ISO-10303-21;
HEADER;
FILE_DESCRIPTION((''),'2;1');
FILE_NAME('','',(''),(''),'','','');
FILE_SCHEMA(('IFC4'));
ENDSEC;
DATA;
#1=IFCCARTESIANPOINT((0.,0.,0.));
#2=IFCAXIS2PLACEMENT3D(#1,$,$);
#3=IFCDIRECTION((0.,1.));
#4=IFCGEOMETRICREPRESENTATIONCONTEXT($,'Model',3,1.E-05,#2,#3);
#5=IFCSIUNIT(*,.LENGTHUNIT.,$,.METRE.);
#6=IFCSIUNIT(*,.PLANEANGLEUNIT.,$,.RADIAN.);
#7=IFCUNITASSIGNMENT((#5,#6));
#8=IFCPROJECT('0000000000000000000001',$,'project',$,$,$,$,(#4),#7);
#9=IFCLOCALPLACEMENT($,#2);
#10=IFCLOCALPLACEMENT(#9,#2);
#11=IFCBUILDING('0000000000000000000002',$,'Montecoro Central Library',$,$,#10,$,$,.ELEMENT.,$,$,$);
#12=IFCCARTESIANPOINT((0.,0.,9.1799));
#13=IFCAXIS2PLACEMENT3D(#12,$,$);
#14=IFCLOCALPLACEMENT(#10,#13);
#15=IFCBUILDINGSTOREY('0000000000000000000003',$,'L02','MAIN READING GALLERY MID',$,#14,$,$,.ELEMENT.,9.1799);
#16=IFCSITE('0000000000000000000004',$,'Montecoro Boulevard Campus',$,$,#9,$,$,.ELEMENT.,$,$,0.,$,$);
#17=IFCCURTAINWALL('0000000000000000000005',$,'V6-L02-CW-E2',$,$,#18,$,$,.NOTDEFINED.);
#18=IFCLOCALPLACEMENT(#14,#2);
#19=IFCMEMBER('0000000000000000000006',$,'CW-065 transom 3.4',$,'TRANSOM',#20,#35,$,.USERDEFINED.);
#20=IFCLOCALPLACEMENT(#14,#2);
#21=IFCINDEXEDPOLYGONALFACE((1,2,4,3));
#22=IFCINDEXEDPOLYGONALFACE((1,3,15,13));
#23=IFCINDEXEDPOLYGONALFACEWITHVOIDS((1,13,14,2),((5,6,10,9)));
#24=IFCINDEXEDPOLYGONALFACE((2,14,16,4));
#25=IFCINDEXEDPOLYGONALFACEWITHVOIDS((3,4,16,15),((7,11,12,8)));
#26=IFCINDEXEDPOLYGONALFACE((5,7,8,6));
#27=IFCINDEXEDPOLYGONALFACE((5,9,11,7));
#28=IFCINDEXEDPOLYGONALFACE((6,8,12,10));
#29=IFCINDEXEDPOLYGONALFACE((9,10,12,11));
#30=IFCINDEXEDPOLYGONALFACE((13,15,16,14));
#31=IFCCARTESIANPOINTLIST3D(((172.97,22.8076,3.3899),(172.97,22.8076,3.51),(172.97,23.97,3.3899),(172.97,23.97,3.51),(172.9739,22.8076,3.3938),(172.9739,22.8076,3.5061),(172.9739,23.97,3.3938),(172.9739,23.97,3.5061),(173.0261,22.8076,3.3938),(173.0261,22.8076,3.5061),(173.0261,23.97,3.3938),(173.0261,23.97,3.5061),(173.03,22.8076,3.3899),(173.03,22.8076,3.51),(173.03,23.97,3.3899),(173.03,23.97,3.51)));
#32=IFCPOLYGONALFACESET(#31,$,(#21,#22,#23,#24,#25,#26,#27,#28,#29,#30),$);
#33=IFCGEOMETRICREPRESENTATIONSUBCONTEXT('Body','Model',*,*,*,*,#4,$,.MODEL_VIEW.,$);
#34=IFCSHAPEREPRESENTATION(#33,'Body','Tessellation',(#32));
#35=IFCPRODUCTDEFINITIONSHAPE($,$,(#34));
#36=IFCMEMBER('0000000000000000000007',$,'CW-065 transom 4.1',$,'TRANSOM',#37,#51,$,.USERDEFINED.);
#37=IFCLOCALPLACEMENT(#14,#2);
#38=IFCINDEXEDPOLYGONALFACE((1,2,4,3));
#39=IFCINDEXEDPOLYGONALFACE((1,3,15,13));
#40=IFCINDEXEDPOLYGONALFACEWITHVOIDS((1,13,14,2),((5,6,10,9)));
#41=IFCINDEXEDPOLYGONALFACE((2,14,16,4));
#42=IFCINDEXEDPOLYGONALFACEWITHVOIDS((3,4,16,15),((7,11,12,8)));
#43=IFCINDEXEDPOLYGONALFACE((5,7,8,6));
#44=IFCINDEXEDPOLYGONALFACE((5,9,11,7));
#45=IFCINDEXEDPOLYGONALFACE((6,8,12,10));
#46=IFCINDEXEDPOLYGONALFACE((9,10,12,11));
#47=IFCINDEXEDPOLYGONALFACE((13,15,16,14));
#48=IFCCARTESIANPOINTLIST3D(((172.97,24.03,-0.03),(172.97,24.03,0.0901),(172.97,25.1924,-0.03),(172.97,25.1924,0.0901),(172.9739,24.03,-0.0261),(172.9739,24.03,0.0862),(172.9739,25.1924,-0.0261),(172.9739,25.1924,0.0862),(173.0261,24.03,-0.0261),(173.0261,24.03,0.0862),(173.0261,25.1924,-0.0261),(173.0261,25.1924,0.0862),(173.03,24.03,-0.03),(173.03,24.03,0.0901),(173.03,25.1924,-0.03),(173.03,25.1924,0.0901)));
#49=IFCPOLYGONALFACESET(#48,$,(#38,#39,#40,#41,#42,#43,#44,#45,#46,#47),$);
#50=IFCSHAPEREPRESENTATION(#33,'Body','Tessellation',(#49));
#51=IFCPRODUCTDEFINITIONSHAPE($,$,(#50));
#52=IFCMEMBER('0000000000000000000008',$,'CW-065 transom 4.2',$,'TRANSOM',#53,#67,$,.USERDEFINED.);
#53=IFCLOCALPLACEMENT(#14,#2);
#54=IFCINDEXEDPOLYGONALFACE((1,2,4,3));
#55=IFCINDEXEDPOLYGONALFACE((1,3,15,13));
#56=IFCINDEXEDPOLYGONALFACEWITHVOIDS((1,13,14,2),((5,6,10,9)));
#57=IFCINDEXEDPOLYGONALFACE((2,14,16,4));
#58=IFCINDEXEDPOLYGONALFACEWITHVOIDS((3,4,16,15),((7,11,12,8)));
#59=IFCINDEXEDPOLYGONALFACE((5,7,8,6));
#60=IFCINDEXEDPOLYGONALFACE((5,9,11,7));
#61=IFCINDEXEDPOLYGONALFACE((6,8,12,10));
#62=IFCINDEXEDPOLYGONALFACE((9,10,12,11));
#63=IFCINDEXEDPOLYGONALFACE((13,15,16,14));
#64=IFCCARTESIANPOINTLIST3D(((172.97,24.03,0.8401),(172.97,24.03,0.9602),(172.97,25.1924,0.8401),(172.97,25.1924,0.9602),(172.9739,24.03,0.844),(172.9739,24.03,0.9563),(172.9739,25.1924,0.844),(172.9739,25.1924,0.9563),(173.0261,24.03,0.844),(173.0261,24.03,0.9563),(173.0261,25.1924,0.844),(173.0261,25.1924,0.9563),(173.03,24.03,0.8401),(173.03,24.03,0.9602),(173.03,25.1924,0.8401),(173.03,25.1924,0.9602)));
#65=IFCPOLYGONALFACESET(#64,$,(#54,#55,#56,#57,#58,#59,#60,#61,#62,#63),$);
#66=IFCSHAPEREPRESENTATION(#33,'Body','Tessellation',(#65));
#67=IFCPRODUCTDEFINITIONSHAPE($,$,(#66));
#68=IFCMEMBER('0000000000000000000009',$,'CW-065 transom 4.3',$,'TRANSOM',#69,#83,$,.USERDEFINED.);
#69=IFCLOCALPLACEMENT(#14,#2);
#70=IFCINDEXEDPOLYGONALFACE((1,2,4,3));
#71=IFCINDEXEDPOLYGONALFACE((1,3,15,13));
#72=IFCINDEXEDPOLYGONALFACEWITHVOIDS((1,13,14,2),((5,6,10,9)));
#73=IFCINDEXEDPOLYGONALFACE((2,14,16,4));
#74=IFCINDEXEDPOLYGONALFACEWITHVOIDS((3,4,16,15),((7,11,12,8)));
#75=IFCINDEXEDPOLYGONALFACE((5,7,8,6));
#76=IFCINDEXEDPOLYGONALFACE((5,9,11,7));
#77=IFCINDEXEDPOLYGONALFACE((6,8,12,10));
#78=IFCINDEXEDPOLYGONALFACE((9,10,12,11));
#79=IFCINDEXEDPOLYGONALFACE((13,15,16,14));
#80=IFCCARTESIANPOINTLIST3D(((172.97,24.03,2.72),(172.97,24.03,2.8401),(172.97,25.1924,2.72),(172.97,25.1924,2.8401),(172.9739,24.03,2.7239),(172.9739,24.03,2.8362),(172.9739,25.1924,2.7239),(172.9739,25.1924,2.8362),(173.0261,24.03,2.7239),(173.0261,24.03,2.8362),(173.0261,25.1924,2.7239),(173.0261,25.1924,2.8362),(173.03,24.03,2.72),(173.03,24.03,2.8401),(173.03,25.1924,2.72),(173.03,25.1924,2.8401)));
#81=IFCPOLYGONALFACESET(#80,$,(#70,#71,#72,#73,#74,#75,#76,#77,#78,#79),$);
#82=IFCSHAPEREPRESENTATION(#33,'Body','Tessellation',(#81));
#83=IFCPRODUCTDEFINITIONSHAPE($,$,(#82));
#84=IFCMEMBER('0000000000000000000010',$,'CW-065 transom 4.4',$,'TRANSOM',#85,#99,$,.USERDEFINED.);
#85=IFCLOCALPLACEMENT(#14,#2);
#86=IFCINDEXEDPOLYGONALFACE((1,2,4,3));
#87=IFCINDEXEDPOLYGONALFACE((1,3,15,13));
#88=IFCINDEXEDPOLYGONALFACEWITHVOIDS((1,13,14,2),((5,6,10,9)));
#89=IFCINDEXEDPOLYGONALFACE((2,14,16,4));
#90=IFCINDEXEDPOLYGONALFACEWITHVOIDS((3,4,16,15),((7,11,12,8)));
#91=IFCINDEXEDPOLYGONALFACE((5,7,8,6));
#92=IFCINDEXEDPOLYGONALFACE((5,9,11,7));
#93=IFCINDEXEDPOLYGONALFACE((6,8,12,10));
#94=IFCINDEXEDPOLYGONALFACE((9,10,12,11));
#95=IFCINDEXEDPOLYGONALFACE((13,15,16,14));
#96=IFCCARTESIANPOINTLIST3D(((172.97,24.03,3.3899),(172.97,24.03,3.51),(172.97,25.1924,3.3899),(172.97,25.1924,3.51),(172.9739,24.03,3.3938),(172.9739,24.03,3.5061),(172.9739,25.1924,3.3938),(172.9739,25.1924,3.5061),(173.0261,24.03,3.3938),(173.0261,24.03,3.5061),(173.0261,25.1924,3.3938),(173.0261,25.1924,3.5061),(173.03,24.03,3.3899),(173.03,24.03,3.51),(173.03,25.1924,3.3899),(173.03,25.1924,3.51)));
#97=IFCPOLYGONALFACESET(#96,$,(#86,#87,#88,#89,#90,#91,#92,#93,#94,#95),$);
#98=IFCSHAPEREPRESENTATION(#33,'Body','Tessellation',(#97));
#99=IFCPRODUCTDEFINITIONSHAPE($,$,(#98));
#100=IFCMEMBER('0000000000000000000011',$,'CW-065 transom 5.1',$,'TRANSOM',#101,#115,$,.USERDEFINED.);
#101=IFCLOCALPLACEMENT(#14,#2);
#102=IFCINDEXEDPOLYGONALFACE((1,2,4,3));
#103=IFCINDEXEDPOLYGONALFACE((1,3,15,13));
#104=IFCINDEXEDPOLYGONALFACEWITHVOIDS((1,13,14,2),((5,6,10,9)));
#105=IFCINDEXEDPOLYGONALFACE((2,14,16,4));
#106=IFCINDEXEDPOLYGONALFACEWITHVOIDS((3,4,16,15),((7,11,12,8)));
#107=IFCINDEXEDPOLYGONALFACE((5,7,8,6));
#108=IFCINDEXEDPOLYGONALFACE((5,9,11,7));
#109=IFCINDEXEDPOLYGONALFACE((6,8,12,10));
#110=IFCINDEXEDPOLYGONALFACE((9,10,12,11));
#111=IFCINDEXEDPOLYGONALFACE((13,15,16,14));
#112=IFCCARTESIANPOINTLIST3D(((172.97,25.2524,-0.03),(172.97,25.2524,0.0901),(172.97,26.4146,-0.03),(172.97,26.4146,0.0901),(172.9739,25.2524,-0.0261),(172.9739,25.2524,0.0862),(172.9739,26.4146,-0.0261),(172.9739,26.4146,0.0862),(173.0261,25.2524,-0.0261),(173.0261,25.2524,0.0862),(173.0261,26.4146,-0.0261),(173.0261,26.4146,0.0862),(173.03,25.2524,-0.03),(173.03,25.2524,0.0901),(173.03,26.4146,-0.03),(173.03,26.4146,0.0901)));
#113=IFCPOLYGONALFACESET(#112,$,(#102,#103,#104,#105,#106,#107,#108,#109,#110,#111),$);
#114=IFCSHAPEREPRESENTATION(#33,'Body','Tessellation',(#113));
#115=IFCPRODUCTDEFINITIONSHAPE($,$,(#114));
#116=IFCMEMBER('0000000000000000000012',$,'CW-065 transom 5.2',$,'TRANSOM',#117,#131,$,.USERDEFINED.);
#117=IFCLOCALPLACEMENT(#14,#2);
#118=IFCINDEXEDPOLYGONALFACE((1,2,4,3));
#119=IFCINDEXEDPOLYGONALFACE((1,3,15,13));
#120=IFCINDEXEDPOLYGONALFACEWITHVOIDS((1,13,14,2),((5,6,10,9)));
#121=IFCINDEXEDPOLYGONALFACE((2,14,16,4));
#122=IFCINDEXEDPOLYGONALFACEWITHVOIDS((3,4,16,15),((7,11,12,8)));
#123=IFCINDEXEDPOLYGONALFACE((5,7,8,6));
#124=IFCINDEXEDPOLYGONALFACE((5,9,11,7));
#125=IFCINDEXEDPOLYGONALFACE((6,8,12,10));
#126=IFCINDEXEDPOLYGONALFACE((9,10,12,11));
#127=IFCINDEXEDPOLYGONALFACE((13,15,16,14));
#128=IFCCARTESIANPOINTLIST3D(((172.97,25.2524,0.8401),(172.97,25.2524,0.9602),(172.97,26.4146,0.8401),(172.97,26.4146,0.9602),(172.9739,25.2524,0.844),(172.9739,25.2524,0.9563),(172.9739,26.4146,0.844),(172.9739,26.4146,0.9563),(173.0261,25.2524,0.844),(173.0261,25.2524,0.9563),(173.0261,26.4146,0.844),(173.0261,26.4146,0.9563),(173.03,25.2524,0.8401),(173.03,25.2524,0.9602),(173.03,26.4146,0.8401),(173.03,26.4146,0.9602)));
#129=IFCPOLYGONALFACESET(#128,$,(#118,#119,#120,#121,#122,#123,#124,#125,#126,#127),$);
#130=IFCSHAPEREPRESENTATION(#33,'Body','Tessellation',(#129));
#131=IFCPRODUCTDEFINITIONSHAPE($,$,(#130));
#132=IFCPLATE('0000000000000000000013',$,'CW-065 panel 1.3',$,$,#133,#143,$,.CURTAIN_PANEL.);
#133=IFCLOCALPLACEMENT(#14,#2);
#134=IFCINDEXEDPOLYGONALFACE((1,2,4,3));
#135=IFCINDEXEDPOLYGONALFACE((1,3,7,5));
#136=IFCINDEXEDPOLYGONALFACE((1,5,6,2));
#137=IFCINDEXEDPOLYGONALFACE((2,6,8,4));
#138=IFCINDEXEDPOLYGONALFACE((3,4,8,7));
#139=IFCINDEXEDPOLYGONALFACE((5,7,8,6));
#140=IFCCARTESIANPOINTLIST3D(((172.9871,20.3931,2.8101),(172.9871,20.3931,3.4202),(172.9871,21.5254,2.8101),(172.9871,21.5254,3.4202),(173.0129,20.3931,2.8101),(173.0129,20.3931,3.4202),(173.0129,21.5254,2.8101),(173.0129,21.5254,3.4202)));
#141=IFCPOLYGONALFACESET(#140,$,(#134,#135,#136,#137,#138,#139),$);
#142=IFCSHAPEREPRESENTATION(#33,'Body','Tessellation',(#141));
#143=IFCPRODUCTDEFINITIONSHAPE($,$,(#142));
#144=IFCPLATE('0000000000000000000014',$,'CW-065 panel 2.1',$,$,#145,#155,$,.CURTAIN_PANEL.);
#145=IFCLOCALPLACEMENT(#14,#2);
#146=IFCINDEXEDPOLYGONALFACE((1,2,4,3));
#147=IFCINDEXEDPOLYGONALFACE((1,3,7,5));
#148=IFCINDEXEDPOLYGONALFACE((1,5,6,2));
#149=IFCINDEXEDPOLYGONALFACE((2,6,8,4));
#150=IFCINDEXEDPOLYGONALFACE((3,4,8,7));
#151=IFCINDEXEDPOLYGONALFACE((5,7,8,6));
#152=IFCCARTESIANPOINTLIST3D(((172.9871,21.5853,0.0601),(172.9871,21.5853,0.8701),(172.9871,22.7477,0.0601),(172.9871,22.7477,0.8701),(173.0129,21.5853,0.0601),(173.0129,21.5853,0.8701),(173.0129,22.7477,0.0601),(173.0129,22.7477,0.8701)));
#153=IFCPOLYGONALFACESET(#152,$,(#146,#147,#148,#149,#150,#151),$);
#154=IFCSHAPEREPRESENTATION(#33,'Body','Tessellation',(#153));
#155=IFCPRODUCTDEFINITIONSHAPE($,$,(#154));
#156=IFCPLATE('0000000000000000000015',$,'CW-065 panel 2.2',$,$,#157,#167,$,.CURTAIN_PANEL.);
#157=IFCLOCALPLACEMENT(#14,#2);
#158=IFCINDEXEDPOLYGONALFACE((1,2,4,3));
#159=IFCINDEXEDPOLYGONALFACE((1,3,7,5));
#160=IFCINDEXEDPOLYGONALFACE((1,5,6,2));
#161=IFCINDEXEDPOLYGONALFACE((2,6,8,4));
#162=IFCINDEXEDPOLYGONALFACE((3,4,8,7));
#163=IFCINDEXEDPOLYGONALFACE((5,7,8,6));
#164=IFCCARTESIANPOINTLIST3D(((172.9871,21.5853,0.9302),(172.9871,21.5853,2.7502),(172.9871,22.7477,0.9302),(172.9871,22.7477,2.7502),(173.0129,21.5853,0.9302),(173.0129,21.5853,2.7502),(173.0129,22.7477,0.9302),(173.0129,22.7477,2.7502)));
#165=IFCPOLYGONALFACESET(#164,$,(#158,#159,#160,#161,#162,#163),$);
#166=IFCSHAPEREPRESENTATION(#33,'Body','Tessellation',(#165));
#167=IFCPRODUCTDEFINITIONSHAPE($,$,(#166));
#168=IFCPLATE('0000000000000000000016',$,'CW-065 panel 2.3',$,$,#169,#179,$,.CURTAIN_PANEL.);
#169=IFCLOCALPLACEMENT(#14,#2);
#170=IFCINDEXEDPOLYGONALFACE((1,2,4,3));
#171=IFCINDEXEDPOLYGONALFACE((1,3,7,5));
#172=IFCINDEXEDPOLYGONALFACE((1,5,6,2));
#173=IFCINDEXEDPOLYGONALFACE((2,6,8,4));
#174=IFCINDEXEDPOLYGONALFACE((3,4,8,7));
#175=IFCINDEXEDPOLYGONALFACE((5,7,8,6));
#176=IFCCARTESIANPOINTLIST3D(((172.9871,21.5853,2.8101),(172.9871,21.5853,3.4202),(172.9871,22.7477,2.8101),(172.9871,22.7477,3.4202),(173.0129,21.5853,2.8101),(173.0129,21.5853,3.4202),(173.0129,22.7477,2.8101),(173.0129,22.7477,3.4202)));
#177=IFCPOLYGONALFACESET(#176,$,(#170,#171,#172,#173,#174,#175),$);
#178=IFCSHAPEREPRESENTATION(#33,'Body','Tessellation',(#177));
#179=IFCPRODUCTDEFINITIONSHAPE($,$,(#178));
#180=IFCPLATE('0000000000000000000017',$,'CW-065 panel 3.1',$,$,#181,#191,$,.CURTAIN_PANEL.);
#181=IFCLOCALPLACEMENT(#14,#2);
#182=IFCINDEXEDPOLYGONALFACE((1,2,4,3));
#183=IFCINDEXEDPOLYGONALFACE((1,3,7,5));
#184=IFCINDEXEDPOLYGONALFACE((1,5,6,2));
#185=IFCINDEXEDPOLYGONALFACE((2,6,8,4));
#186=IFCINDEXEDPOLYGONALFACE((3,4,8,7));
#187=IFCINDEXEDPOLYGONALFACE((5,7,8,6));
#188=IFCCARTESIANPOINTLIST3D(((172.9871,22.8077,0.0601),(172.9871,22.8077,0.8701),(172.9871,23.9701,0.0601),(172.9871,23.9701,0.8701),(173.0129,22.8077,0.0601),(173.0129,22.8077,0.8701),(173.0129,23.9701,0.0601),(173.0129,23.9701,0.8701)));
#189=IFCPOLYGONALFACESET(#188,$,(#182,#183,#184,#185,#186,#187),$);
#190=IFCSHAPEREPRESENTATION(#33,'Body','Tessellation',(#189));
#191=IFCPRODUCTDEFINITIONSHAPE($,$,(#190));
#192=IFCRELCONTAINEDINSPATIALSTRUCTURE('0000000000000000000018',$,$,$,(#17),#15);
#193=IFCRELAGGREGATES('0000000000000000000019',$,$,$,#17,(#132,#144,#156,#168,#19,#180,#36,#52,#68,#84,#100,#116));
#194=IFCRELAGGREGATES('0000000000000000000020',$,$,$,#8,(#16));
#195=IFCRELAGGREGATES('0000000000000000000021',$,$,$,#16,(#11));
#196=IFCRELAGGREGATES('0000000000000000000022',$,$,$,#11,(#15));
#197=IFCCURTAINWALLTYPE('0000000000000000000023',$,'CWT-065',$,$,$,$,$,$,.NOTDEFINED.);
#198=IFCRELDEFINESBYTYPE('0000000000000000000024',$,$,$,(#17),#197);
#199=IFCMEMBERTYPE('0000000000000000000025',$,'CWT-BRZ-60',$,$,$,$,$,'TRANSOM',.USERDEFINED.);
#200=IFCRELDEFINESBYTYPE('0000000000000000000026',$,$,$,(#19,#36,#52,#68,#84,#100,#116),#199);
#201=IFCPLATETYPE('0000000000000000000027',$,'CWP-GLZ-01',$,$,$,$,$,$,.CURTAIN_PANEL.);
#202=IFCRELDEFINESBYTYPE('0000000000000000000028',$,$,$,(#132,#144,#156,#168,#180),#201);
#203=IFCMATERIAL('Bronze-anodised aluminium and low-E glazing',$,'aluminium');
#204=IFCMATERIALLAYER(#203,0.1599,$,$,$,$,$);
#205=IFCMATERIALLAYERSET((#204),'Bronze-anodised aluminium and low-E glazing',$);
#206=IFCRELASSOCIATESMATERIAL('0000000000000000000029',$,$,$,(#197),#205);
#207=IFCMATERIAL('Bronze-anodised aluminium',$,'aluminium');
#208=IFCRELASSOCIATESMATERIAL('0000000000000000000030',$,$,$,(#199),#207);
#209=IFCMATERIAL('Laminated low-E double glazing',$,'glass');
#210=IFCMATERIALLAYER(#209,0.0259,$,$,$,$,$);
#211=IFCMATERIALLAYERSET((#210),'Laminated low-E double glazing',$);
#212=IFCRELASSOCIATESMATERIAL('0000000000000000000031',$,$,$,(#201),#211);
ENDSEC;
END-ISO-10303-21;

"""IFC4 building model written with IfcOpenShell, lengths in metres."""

from ifc_helpers import new_model, si_unit, direction, frame, origin, origin_2d, place, context, subcontext, project, spatial, rectangle, hollow_rectangle, extrude, material, layer, layer_set, material_profile, profile_set, type_object, element, aggregate, save


model = new_model("IFC4")

# Units and contexts
model_context = context("Model", 3, precision=1e-05, world=origin(), true_north=direction((0.0, 1.0)))
body_context = subcontext(model_context, "Body", "Model", "MODEL_VIEW")
ifc_project = project(units=[si_unit("LENGTHUNIT", "METRE"), si_unit("PLANEANGLEUNIT", "RADIAN")], contexts=[model_context])

# Site, building, storey
site_placement = place(None, origin())
site = spatial("IfcSite", under=ifc_project, at=site_placement, Name="Montecoro Boulevard Campus", CompositionType="ELEMENT", RefElevation=0.0)
building_placement = place(site_placement, origin())
building = spatial("IfcBuilding", under=site, at=building_placement, Name="Montecoro Central Library", CompositionType="ELEMENT")
storey_placement = place(building_placement, frame((0.0, 0.0, 9.1799)))
storey = spatial("IfcBuildingStorey", under=building, at=storey_placement, Name="L02", Description="MAIN READING GALLERY MID", CompositionType="ELEMENT", Elevation=9.1799)

# Curtain wall, members, plates
ifc_material_1 = material(Name="Bronze-anodised aluminium and low-E glazing", Category="aluminium")
ifc_layer_1 = layer(ifc_material_1, 0.1599)
ifc_layer_set_1 = layer_set([ifc_layer_1], Name="Bronze-anodised aluminium and low-E glazing")
curtain_wall_type = type_object("IfcCurtainWallType", Name="CWT-065", PredefinedType="NOTDEFINED", material=ifc_layer_set_1)
curtain_wall_placement = place(storey_placement, origin())
curtain_wall = element("IfcCurtainWall", 1, at=curtain_wall_placement, inside=storey, type_object=curtain_wall_type, Name="V6-L02-CW-E2", PredefinedType="NOTDEFINED")
ifc_material_2 = material(Name="Bronze-anodised aluminium", Category="aluminium")
ifc_material_profile_1 = material_profile(ifc_material_2, hollow_rectangle(XDim=0.0601, YDim=0.1201, WallThickness=0.0039, at=origin_2d()), Name="CWT 120x60x4.0")
ifc_profile_set_1 = profile_set([ifc_material_profile_1], Name="Bronze-anodised aluminium")
member_type_1 = type_object("IfcMemberType", Name="CWT-BRZ-60", ElementType="TRANSOM", PredefinedType="USERDEFINED", material=ifc_profile_set_1)
member_1_placement = place(storey_placement, frame((173.0, 22.8076, 3.45), z_axis=(0.0, 1.0, 0.0), x_axis=(-1.0, 0.0, 0.0)))
member_1 = element("IfcMember", 2, at=member_1_placement, type_object=member_type_1, Name="CW-065 transom 3.4", ObjectType="TRANSOM", PredefinedType="USERDEFINED", context=body_context, shape_type="SweptSolid", body=[
    extrude(hollow_rectangle(XDim=0.0601, YDim=0.1201, WallThickness=0.0039, at=origin_2d()), origin(), (0.0, 0.0, 1.0), 1.1624),
])
member_2_placement = place(storey_placement, frame((173.0, 24.03, 0.03), z_axis=(0.0, 1.0, 0.0), x_axis=(-1.0, 0.0, 0.0)))
member_2 = element("IfcMember", 3, at=member_2_placement, type_object=member_type_1, Name="CW-065 transom 4.1", ObjectType="TRANSOM", PredefinedType="USERDEFINED", context=body_context, shape_type="SweptSolid", body=[
    extrude(hollow_rectangle(XDim=0.0601, YDim=0.1201, WallThickness=0.0039, at=origin_2d()), origin(), (0.0, 0.0, 1.0), 1.1624),
])
member_3_placement = place(storey_placement, frame((173.0, 24.03, 0.9001), z_axis=(0.0, 1.0, 0.0), x_axis=(-1.0, 0.0, 0.0)))
member_3 = element("IfcMember", 4, at=member_3_placement, type_object=member_type_1, Name="CW-065 transom 4.2", ObjectType="TRANSOM", PredefinedType="USERDEFINED", context=body_context, shape_type="SweptSolid", body=[
    extrude(hollow_rectangle(XDim=0.0601, YDim=0.1201, WallThickness=0.0039, at=origin_2d()), origin(), (0.0, 0.0, 1.0), 1.1624),
])
member_4_placement = place(storey_placement, frame((173.0, 24.03, 2.78), z_axis=(0.0, 1.0, 0.0), x_axis=(-1.0, 0.0, 0.0)))
member_4 = element("IfcMember", 5, at=member_4_placement, type_object=member_type_1, Name="CW-065 transom 4.3", ObjectType="TRANSOM", PredefinedType="USERDEFINED", context=body_context, shape_type="SweptSolid", body=[
    extrude(hollow_rectangle(XDim=0.0601, YDim=0.1201, WallThickness=0.0039, at=origin_2d()), origin(), (0.0, 0.0, 1.0), 1.1624),
])
member_5_placement = place(storey_placement, frame((173.0, 24.03, 3.45), z_axis=(0.0, 1.0, 0.0), x_axis=(-1.0, 0.0, 0.0)))
member_5 = element("IfcMember", 6, at=member_5_placement, type_object=member_type_1, Name="CW-065 transom 4.4", ObjectType="TRANSOM", PredefinedType="USERDEFINED", context=body_context, shape_type="SweptSolid", body=[
    extrude(hollow_rectangle(XDim=0.0601, YDim=0.1201, WallThickness=0.0039, at=origin_2d()), origin(), (0.0, 0.0, 1.0), 1.1624),
])
member_6_placement = place(storey_placement, frame((173.0, 25.2524, 0.03), z_axis=(0.0, 1.0, 0.0), x_axis=(-1.0, 0.0, 0.0)))
member_6 = element("IfcMember", 7, at=member_6_placement, type_object=member_type_1, Name="CW-065 transom 5.1", ObjectType="TRANSOM", PredefinedType="USERDEFINED", context=body_context, shape_type="SweptSolid", body=[
    extrude(hollow_rectangle(XDim=0.0601, YDim=0.1201, WallThickness=0.0039, at=origin_2d()), origin(), (0.0, 0.0, 1.0), 1.1621),
])
member_7_placement = place(storey_placement, frame((173.0, 25.2524, 0.9001), z_axis=(0.0, 1.0, 0.0), x_axis=(-1.0, 0.0, 0.0)))
member_7 = element("IfcMember", 8, at=member_7_placement, type_object=member_type_1, Name="CW-065 transom 5.2", ObjectType="TRANSOM", PredefinedType="USERDEFINED", context=body_context, shape_type="SweptSolid", body=[
    extrude(hollow_rectangle(XDim=0.0601, YDim=0.1201, WallThickness=0.0039, at=origin_2d()), origin(), (0.0, 0.0, 1.0), 1.1621),
])
ifc_material_3 = material(Name="Laminated low-E double glazing", Category="glass")
ifc_layer_2 = layer(ifc_material_3, 0.0259)
ifc_layer_set_2 = layer_set([ifc_layer_2], Name="Laminated low-E double glazing")
plate_type = type_object("IfcPlateType", Name="CWP-GLZ-01", PredefinedType="CURTAIN_PANEL", material=ifc_layer_set_2)
plate_1_placement = place(storey_placement, frame((173.0, 20.9592, 2.8101), z_axis=(0.0, 0.0, 1.0), x_axis=(0.0, 1.0, 0.0)))
plate_1 = element("IfcPlate", 9, at=plate_1_placement, type_object=plate_type, Name="CW-065 panel 1.3", PredefinedType="CURTAIN_PANEL", context=body_context, shape_type="SweptSolid", body=[
    extrude(rectangle(XDim=1.1323, YDim=0.0259, at=origin_2d()), origin(), (0.0, 0.0, 1.0), 0.6101),
])
plate_2_placement = place(storey_placement, frame((173.0, 22.1665, 0.0601), z_axis=(0.0, 0.0, 1.0), x_axis=(0.0, 1.0, 0.0)))
plate_2 = element("IfcPlate", 10, at=plate_2_placement, type_object=plate_type, Name="CW-065 panel 2.1", PredefinedType="CURTAIN_PANEL", context=body_context, shape_type="SweptSolid", body=[
    extrude(rectangle(XDim=1.1624, YDim=0.0259, at=origin_2d()), origin(), (0.0, 0.0, 1.0), 0.8101),
])
plate_3_placement = place(storey_placement, frame((173.0, 22.1665, 0.9302), z_axis=(0.0, 0.0, 1.0), x_axis=(0.0, 1.0, 0.0)))
plate_3 = element("IfcPlate", 11, at=plate_3_placement, type_object=plate_type, Name="CW-065 panel 2.2", PredefinedType="CURTAIN_PANEL", context=body_context, shape_type="SweptSolid", body=[
    extrude(rectangle(XDim=1.1624, YDim=0.0259, at=origin_2d()), origin(), (0.0, 0.0, 1.0), 1.8201),
])
plate_4_placement = place(storey_placement, frame((173.0, 22.1665, 2.8101), z_axis=(0.0, 0.0, 1.0), x_axis=(0.0, 1.0, 0.0)))
plate_4 = element("IfcPlate", 12, at=plate_4_placement, type_object=plate_type, Name="CW-065 panel 2.3", PredefinedType="CURTAIN_PANEL", context=body_context, shape_type="SweptSolid", body=[
    extrude(rectangle(XDim=1.1624, YDim=0.0259, at=origin_2d()), origin(), (0.0, 0.0, 1.0), 0.6101),
])
plate_5_placement = place(storey_placement, frame((173.0, 23.3889, 0.0601), z_axis=(0.0, 0.0, 1.0), x_axis=(0.0, 1.0, 0.0)))
plate_5 = element("IfcPlate", 13, at=plate_5_placement, type_object=plate_type, Name="CW-065 panel 3.1", PredefinedType="CURTAIN_PANEL", context=body_context, shape_type="SweptSolid", body=[
    extrude(rectangle(XDim=1.1624, YDim=0.0259, at=origin_2d()), origin(), (0.0, 0.0, 1.0), 0.8101),
])
aggregate(curtain_wall, [plate_1, plate_2, plate_3, plate_4, member_1, plate_5, member_2, member_3, member_4, member_5, member_6, member_7])

save(model, "model.ifc")
